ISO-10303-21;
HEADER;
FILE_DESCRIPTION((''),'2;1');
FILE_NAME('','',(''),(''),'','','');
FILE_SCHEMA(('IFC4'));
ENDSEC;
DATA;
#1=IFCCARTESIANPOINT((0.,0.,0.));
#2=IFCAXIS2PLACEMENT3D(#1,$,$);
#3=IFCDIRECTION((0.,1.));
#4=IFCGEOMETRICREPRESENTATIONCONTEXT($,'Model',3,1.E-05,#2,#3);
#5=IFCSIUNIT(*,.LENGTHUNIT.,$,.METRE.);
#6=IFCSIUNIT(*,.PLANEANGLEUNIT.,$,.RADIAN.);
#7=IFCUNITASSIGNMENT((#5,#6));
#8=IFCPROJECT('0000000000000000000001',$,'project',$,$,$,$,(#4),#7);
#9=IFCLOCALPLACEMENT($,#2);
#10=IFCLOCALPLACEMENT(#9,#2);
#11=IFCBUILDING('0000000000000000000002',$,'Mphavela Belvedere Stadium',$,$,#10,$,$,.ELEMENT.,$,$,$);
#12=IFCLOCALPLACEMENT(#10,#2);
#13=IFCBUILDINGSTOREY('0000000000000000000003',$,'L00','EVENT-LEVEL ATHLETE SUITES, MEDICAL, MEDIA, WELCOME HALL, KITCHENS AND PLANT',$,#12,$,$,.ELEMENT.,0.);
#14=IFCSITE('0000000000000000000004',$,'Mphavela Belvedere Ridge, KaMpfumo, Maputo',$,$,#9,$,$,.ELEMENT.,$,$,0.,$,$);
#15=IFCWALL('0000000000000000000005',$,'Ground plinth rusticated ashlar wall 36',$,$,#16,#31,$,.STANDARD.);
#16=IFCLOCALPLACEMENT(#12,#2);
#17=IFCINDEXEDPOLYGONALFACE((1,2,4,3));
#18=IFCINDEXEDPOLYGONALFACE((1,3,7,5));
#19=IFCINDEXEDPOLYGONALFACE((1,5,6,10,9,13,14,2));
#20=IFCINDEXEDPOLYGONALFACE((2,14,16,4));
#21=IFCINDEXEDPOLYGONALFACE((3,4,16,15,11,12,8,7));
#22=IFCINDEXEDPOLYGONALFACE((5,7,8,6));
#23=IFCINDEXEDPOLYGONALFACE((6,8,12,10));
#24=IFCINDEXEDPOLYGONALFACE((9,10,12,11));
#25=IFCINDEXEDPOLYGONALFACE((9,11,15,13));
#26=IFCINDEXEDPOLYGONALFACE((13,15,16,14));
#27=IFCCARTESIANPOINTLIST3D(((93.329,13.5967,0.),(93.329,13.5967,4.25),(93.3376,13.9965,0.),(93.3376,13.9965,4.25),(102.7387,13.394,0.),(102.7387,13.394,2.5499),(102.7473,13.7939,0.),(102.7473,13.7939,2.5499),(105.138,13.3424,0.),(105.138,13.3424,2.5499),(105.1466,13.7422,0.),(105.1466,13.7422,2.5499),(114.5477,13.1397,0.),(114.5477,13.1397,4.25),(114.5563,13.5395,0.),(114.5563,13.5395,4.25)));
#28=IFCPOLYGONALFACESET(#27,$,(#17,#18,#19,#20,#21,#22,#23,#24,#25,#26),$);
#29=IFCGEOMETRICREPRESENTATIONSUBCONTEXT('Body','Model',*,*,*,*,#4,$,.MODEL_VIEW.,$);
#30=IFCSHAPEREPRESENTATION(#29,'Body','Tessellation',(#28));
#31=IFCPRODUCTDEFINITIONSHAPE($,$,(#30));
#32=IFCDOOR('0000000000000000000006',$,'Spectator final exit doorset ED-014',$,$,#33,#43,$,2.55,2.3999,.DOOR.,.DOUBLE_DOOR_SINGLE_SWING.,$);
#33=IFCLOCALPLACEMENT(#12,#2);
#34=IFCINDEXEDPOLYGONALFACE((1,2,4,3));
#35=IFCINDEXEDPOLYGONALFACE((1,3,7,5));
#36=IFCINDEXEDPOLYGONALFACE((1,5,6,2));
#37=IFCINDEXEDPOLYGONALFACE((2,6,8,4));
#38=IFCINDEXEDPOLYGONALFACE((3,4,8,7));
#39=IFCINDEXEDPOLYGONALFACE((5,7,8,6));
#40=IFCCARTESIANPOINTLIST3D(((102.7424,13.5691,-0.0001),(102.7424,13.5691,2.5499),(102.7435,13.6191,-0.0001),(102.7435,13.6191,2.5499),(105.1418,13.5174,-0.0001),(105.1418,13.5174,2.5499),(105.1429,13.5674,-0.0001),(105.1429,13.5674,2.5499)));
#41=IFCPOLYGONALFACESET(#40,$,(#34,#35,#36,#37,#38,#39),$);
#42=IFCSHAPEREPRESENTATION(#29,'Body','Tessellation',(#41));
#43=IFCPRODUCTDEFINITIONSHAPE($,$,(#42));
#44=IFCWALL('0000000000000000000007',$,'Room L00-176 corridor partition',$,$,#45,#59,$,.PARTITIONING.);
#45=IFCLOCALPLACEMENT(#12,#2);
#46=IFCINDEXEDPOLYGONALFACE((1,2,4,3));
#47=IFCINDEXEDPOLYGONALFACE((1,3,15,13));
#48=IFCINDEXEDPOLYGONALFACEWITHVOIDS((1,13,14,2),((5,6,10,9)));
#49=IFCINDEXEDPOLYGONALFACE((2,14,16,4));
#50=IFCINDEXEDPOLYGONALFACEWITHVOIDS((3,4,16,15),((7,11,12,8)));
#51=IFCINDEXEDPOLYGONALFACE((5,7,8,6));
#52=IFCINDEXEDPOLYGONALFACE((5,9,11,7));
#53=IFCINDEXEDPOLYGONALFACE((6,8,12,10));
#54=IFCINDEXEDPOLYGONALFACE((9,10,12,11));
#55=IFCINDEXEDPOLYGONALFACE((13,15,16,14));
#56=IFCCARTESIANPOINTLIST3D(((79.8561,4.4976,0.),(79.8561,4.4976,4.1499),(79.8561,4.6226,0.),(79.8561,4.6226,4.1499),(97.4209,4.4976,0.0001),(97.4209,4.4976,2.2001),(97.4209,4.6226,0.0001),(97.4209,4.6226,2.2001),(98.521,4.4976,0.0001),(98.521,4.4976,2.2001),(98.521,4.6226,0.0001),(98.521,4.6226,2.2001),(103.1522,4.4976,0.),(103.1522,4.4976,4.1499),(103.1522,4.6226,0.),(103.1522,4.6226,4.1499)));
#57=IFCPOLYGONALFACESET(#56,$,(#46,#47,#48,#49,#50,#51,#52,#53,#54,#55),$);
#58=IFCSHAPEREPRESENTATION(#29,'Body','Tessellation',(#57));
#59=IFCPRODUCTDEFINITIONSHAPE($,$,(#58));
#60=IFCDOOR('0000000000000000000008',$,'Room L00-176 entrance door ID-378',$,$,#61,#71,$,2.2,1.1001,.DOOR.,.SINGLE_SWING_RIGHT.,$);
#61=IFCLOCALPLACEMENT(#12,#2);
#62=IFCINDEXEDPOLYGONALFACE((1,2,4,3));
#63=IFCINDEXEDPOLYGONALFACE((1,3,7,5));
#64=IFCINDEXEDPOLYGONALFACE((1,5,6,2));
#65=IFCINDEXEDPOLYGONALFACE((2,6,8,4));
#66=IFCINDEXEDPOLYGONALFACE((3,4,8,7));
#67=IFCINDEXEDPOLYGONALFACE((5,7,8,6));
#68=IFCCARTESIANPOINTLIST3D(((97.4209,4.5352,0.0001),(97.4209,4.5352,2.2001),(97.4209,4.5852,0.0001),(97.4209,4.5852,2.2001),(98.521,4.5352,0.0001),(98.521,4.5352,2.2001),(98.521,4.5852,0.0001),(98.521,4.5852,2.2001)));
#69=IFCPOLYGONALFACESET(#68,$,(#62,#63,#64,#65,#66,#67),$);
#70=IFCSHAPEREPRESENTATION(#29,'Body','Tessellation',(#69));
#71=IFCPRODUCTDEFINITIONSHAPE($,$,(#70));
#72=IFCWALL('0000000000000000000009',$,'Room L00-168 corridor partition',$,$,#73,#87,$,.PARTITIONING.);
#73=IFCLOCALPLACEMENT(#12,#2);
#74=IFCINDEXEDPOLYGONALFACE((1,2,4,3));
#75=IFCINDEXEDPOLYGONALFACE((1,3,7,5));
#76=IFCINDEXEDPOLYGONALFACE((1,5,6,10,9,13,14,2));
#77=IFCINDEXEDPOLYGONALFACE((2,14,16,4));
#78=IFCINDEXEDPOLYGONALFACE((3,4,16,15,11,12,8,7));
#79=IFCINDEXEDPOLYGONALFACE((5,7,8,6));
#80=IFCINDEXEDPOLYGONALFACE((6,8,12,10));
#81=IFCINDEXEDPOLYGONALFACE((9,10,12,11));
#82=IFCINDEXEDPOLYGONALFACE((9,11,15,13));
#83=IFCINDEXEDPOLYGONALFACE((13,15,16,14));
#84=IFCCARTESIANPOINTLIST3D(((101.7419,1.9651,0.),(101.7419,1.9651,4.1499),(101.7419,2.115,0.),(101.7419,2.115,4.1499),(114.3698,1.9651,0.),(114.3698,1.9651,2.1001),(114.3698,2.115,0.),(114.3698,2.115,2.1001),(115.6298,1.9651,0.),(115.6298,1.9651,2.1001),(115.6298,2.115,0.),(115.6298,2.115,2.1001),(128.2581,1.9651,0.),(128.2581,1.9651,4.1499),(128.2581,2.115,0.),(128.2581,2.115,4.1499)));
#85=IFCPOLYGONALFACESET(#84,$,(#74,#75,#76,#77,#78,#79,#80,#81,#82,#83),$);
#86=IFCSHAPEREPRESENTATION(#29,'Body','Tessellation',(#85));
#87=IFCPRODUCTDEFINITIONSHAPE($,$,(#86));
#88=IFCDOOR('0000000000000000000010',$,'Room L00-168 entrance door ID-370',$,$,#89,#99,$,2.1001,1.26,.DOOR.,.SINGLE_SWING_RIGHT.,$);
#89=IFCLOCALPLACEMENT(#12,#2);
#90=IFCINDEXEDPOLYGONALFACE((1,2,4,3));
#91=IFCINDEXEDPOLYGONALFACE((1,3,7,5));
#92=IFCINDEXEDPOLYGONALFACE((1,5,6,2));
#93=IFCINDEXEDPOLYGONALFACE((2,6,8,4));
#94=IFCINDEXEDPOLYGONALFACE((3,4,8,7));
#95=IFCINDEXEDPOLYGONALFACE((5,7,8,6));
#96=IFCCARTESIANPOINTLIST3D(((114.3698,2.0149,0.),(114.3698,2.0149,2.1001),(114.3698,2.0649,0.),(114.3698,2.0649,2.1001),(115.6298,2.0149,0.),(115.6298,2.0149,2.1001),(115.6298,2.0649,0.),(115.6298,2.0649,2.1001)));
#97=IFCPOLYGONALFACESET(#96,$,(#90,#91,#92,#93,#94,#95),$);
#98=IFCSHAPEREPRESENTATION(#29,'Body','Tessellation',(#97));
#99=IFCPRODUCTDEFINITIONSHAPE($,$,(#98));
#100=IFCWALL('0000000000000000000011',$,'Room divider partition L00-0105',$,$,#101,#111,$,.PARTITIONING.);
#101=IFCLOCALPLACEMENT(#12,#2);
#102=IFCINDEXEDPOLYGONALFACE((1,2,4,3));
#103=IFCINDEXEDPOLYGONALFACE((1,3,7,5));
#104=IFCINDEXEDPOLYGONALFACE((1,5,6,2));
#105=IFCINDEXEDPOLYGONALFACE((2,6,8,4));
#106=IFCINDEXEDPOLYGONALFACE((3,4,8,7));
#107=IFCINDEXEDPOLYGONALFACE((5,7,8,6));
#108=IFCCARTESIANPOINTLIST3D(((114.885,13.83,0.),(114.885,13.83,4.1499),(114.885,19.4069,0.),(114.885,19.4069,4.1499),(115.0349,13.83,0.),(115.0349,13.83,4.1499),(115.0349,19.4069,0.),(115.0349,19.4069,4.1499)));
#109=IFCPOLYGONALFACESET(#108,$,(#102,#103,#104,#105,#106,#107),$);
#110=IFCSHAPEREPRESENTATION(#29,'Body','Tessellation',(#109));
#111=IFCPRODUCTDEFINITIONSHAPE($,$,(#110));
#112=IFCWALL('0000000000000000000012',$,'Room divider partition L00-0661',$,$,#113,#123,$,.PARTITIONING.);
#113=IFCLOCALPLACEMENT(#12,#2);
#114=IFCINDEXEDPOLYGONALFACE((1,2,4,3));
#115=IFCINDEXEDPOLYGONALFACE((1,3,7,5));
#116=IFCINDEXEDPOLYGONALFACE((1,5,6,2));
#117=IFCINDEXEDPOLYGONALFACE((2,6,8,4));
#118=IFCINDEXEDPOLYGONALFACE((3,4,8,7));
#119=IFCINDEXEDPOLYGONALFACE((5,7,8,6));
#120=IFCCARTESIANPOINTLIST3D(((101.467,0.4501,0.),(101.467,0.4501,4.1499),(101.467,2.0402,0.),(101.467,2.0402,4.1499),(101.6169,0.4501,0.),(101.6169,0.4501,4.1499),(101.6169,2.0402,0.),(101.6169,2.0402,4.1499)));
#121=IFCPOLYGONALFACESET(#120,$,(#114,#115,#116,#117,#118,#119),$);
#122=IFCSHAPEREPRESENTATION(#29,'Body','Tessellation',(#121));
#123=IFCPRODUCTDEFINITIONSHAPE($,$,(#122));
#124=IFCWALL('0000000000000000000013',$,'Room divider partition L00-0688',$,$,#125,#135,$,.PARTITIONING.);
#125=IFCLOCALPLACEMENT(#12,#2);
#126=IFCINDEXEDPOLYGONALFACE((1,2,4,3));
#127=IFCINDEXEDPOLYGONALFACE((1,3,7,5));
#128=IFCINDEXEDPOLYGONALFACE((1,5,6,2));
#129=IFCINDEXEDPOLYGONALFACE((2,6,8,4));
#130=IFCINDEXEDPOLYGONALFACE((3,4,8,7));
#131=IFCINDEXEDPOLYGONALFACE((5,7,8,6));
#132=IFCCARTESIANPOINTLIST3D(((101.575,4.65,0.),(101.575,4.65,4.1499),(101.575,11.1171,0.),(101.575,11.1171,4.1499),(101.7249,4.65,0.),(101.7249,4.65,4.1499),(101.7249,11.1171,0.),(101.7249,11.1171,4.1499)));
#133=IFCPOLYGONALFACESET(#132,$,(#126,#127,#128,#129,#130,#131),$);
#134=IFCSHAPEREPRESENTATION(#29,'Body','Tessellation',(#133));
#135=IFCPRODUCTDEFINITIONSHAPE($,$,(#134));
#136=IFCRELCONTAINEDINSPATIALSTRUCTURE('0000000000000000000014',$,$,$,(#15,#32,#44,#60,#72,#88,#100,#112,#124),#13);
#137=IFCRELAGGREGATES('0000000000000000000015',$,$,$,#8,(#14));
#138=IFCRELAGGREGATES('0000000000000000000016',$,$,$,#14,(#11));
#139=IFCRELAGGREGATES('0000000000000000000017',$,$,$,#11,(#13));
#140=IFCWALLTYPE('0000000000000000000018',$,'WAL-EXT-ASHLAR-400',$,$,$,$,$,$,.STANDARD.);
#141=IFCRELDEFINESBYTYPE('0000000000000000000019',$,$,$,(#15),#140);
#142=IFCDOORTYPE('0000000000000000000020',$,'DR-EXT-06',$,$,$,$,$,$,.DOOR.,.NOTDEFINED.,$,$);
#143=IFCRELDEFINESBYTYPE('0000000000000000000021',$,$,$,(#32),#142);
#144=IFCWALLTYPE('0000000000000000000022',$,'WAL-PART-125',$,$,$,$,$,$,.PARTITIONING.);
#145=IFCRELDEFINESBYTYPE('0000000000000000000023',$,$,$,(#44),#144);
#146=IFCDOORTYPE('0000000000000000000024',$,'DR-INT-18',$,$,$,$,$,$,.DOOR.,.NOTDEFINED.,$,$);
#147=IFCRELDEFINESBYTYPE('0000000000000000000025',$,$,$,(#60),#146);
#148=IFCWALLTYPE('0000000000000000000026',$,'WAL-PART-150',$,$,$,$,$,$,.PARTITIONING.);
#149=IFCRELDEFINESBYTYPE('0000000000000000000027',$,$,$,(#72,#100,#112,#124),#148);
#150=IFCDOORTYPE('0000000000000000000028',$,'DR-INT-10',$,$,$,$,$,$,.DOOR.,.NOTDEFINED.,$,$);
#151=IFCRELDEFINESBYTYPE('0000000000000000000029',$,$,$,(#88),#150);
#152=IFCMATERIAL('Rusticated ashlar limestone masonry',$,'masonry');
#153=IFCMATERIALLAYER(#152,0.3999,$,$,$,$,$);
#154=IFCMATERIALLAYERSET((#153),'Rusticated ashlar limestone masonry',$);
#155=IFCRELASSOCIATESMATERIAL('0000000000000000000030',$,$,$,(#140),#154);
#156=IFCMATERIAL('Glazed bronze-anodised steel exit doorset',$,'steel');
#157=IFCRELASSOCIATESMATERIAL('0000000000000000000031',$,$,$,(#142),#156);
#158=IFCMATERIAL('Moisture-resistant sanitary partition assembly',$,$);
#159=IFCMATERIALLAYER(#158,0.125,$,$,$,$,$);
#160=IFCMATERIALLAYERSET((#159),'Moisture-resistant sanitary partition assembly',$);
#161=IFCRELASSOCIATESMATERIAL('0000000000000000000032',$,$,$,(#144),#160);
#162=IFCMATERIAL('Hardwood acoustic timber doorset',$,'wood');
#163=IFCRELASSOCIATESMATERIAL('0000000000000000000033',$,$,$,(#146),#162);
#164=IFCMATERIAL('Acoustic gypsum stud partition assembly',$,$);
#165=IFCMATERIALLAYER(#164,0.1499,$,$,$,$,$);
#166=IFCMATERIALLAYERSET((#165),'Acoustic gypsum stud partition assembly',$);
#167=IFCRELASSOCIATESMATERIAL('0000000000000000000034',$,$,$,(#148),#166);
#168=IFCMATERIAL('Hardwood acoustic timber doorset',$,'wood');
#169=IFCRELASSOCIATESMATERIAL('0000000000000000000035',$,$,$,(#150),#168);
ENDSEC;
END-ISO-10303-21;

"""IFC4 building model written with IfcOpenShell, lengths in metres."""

from ifc_helpers import new_model, si_unit, direction, frame, frame_2d, origin, place, context, subcontext, project, spatial, rectangle, extrude, material, layer, layer_set, type_object, element, fill, save


model = new_model("IFC4")

# Units and contexts
model_context = context("Model", 3, precision=1e-05, world=origin(), true_north=direction((0.0, 1.0)))
body_context = subcontext(model_context, "Body", "Model", "MODEL_VIEW")
ifc_project = project(units=[si_unit("LENGTHUNIT", "METRE"), si_unit("PLANEANGLEUNIT", "RADIAN")], contexts=[model_context])

# Site, building, storey
site_placement = place(None, origin())
site = spatial("IfcSite", under=ifc_project, at=site_placement, Name="Mphavela Belvedere Ridge, KaMpfumo, Maputo", CompositionType="ELEMENT", RefElevation=0.0)
building_placement = place(site_placement, origin())
building = spatial("IfcBuilding", under=site, at=building_placement, Name="Mphavela Belvedere Stadium", CompositionType="ELEMENT")
storey_placement = place(building_placement, origin())
storey = spatial("IfcBuildingStorey", under=building, at=storey_placement, Name="L00", Description="EVENT-LEVEL ATHLETE SUITES, MEDICAL, MEDIA, WELCOME HALL, KITCHENS AND PLANT", CompositionType="ELEMENT", Elevation=0.0)

# Walls, openings, doors
ifc_material_1 = material(Name="Rusticated ashlar limestone masonry", Category="masonry")
ifc_layer_1 = layer(ifc_material_1, 0.3999)
ifc_layer_set_1 = layer_set([ifc_layer_1], Name="Rusticated ashlar limestone masonry")
wall_type_1 = type_object("IfcWallType", Name="WAL-EXT-ASHLAR-400", PredefinedType="STANDARD", material=ifc_layer_set_1)
wall_1_placement = place(storey_placement, frame((114.552, 13.3396, 0.0), z_axis=(0.0, 0.0, 1.0), x_axis=(-0.999768, 0.021534, 0.0)))
wall_1 = element("IfcWall", 1, at=wall_1_placement, inside=storey, type_object=wall_type_1, Name="Ground plinth rusticated ashlar wall 36", PredefinedType="STANDARD", context=body_context, shape_type="SweptSolid", body=[
    extrude(rectangle(XDim=21.2236, YDim=0.3999, at=frame_2d((10.6118, 0.0))), origin(), (0.0, 0.0, 1.0), 4.25),
])
opening_1_placement = place(wall_1_placement, frame((9.4119, 0.0, 0.0)))
opening_1 = element("IfcOpeningElement", 2, at=opening_1_placement, cuts=wall_1, PredefinedType="OPENING", context=body_context, shape_type="SweptSolid", body=[
    extrude(rectangle(XDim=2.3999, YDim=2.55, at=frame_2d((1.2, 1.2749))), frame((0.0, 0.21, 0.0), z_axis=(0.0, -1.0, 0.0), x_axis=(1.0, 0.0, 0.0)), (0.0, 0.0, 1.0), 0.4199),
])
ifc_material_2 = material(Name="Glazed bronze-anodised steel exit doorset", Category="steel")
door_type_1 = type_object("IfcDoorType", Name="DR-EXT-06", OperationType="NOTDEFINED", PredefinedType="DOOR", material=ifc_material_2)
door_1_placement = place(opening_1_placement, origin())
door_1 = element("IfcDoor", 3, at=door_1_placement, inside=storey, type_object=door_type_1, Name="Spectator final exit doorset ED-014", OperationType="DOUBLE_DOOR_SINGLE_SWING", OverallHeight=2.55, OverallWidth=2.3999, PredefinedType="DOOR", context=body_context, shape_type="SweptSolid", body=[
    extrude(rectangle(XDim=2.3999, YDim=2.55, at=frame_2d((1.2, 1.2749))), frame((0.0, 0.0249, 0.0), z_axis=(0.0, -1.0, 0.0), x_axis=(1.0, 0.0, 0.0)), (0.0, 0.0, 1.0), 0.05),
])
fill(opening_1, door_1)
ifc_material_3 = material(Name="Moisture-resistant sanitary partition assembly")
ifc_layer_2 = layer(ifc_material_3, 0.125)
ifc_layer_set_2 = layer_set([ifc_layer_2], Name="Moisture-resistant sanitary partition assembly")
wall_type_2 = type_object("IfcWallType", Name="WAL-PART-125", PredefinedType="PARTITIONING", material=ifc_layer_set_2)
wall_2_placement = place(storey_placement, frame((103.1521, 4.5601, 0.0), z_axis=(0.0, 0.0, 1.0), x_axis=(-1.0, 0.0, 0.0)))
wall_2 = element("IfcWall", 4, at=wall_2_placement, inside=storey, type_object=wall_type_2, Name="Room L00-176 corridor partition", PredefinedType="PARTITIONING", context=body_context, shape_type="SweptSolid", body=[
    extrude(rectangle(XDim=23.2961, YDim=0.125, at=frame_2d((11.6479, 0.0))), origin(), (0.0, 0.0, 1.0), 4.1499),
])
opening_2_placement = place(wall_2_placement, frame((4.6311, 0.0, 0.0)))
opening_2 = element("IfcOpeningElement", 5, at=opening_2_placement, cuts=wall_2, PredefinedType="OPENING", context=body_context, shape_type="SweptSolid", body=[
    extrude(rectangle(XDim=1.1001, YDim=2.2, at=frame_2d((0.55, 1.1001))), frame((0.0, 0.0725, 0.0), z_axis=(0.0, -1.0, 0.0), x_axis=(1.0, 0.0, 0.0)), (0.0, 0.0, 1.0), 0.145),
])
ifc_material_4 = material(Name="Hardwood acoustic timber doorset", Category="wood")
door_type_2 = type_object("IfcDoorType", Name="DR-INT-18", OperationType="NOTDEFINED", PredefinedType="DOOR", material=ifc_material_4)
door_2_placement = place(opening_2_placement, origin())
door_2 = element("IfcDoor", 6, at=door_2_placement, inside=storey, type_object=door_type_2, Name="Room L00-176 entrance door ID-378", OperationType="SINGLE_SWING_RIGHT", OverallHeight=2.2, OverallWidth=1.1001, PredefinedType="DOOR", context=body_context, shape_type="SweptSolid", body=[
    extrude(rectangle(XDim=1.1001, YDim=2.2, at=frame_2d((0.55, 1.1001))), frame((0.0, 0.0249, 0.0), z_axis=(0.0, -1.0, 0.0), x_axis=(1.0, 0.0, 0.0)), (0.0, 0.0, 1.0), 0.05),
])
fill(opening_2, door_2)
ifc_material_5 = material(Name="Acoustic gypsum stud partition assembly")
ifc_layer_3 = layer(ifc_material_5, 0.1499)
ifc_layer_set_3 = layer_set([ifc_layer_3], Name="Acoustic gypsum stud partition assembly")
wall_type_3 = type_object("IfcWallType", Name="WAL-PART-150", PredefinedType="PARTITIONING", material=ifc_layer_set_3)
wall_3_placement = place(storey_placement, frame((101.7419, 2.04, 0.0), z_axis=(0.0, 0.0, 1.0), x_axis=(1.0, 0.0, 0.0)))
wall_3 = element("IfcWall", 7, at=wall_3_placement, inside=storey, type_object=wall_type_3, Name="Room L00-168 corridor partition", PredefinedType="PARTITIONING", context=body_context, shape_type="SweptSolid", body=[
    extrude(rectangle(XDim=26.5161, YDim=0.1499, at=frame_2d((13.2581, 0.0))), origin(), (0.0, 0.0, 1.0), 4.1499),
])
opening_3_placement = place(wall_3_placement, frame((12.6279, 0.0, 0.0)))
opening_3 = element("IfcOpeningElement", 8, at=opening_3_placement, cuts=wall_3, PredefinedType="OPENING", context=body_context, shape_type="SweptSolid", body=[
    extrude(rectangle(XDim=1.26, YDim=2.1001, at=frame_2d((0.6299, 1.05))), frame((0.0, 0.085, 0.0), z_axis=(0.0, -1.0, 0.0), x_axis=(1.0, 0.0, 0.0)), (0.0, 0.0, 1.0), 0.1699),
])
ifc_material_6 = material(Name="Hardwood acoustic timber doorset", Category="wood")
door_type_3 = type_object("IfcDoorType", Name="DR-INT-10", OperationType="NOTDEFINED", PredefinedType="DOOR", material=ifc_material_6)
door_3_placement = place(opening_3_placement, origin())
door_3 = element("IfcDoor", 9, at=door_3_placement, inside=storey, type_object=door_type_3, Name="Room L00-168 entrance door ID-370", OperationType="SINGLE_SWING_RIGHT", OverallHeight=2.1001, OverallWidth=1.26, PredefinedType="DOOR", context=body_context, shape_type="SweptSolid", body=[
    extrude(rectangle(XDim=1.26, YDim=2.1001, at=frame_2d((0.6299, 1.05))), frame((0.0, 0.0249, 0.0), z_axis=(0.0, -1.0, 0.0), x_axis=(1.0, 0.0, 0.0)), (0.0, 0.0, 1.0), 0.05),
])
fill(opening_3, door_3)

# Walls
wall_4_placement = place(storey_placement, frame((114.96, 19.407, 0.0), z_axis=(0.0, 0.0, 1.0), x_axis=(0.0, -1.0, 0.0)))
element("IfcWall", 10, at=wall_4_placement, inside=storey, type_object=wall_type_3, Name="Room divider partition L00-0105", PredefinedType="PARTITIONING", context=body_context, shape_type="SweptSolid", body=[
    extrude(rectangle(XDim=5.5769, YDim=0.1499, at=frame_2d((2.7886, 0.0))), origin(), (0.0, 0.0, 1.0), 4.1499),
])
wall_5_placement = place(storey_placement, frame((101.542, 2.04, 0.0), z_axis=(0.0, 0.0, 1.0), x_axis=(0.0, -1.0, 0.0)))
element("IfcWall", 11, at=wall_5_placement, inside=storey, type_object=wall_type_3, Name="Room divider partition L00-0661", PredefinedType="PARTITIONING", context=body_context, shape_type="SweptSolid", body=[
    extrude(rectangle(XDim=1.5901, YDim=0.1499, at=frame_2d((0.7949, 0.0))), origin(), (0.0, 0.0, 1.0), 4.1499),
])
wall_6_placement = place(storey_placement, frame((101.6499, 11.1169, 0.0), z_axis=(0.0, 0.0, 1.0), x_axis=(0.0, -1.0, 0.0)))
element("IfcWall", 12, at=wall_6_placement, inside=storey, type_object=wall_type_3, Name="Room divider partition L00-0688", PredefinedType="PARTITIONING", context=body_context, shape_type="SweptSolid", body=[
    extrude(rectangle(XDim=6.467, YDim=0.1499, at=frame_2d((3.2334, 0.0))), origin(), (0.0, 0.0, 1.0), 4.1499),
])

save(model, "model.ifc")
